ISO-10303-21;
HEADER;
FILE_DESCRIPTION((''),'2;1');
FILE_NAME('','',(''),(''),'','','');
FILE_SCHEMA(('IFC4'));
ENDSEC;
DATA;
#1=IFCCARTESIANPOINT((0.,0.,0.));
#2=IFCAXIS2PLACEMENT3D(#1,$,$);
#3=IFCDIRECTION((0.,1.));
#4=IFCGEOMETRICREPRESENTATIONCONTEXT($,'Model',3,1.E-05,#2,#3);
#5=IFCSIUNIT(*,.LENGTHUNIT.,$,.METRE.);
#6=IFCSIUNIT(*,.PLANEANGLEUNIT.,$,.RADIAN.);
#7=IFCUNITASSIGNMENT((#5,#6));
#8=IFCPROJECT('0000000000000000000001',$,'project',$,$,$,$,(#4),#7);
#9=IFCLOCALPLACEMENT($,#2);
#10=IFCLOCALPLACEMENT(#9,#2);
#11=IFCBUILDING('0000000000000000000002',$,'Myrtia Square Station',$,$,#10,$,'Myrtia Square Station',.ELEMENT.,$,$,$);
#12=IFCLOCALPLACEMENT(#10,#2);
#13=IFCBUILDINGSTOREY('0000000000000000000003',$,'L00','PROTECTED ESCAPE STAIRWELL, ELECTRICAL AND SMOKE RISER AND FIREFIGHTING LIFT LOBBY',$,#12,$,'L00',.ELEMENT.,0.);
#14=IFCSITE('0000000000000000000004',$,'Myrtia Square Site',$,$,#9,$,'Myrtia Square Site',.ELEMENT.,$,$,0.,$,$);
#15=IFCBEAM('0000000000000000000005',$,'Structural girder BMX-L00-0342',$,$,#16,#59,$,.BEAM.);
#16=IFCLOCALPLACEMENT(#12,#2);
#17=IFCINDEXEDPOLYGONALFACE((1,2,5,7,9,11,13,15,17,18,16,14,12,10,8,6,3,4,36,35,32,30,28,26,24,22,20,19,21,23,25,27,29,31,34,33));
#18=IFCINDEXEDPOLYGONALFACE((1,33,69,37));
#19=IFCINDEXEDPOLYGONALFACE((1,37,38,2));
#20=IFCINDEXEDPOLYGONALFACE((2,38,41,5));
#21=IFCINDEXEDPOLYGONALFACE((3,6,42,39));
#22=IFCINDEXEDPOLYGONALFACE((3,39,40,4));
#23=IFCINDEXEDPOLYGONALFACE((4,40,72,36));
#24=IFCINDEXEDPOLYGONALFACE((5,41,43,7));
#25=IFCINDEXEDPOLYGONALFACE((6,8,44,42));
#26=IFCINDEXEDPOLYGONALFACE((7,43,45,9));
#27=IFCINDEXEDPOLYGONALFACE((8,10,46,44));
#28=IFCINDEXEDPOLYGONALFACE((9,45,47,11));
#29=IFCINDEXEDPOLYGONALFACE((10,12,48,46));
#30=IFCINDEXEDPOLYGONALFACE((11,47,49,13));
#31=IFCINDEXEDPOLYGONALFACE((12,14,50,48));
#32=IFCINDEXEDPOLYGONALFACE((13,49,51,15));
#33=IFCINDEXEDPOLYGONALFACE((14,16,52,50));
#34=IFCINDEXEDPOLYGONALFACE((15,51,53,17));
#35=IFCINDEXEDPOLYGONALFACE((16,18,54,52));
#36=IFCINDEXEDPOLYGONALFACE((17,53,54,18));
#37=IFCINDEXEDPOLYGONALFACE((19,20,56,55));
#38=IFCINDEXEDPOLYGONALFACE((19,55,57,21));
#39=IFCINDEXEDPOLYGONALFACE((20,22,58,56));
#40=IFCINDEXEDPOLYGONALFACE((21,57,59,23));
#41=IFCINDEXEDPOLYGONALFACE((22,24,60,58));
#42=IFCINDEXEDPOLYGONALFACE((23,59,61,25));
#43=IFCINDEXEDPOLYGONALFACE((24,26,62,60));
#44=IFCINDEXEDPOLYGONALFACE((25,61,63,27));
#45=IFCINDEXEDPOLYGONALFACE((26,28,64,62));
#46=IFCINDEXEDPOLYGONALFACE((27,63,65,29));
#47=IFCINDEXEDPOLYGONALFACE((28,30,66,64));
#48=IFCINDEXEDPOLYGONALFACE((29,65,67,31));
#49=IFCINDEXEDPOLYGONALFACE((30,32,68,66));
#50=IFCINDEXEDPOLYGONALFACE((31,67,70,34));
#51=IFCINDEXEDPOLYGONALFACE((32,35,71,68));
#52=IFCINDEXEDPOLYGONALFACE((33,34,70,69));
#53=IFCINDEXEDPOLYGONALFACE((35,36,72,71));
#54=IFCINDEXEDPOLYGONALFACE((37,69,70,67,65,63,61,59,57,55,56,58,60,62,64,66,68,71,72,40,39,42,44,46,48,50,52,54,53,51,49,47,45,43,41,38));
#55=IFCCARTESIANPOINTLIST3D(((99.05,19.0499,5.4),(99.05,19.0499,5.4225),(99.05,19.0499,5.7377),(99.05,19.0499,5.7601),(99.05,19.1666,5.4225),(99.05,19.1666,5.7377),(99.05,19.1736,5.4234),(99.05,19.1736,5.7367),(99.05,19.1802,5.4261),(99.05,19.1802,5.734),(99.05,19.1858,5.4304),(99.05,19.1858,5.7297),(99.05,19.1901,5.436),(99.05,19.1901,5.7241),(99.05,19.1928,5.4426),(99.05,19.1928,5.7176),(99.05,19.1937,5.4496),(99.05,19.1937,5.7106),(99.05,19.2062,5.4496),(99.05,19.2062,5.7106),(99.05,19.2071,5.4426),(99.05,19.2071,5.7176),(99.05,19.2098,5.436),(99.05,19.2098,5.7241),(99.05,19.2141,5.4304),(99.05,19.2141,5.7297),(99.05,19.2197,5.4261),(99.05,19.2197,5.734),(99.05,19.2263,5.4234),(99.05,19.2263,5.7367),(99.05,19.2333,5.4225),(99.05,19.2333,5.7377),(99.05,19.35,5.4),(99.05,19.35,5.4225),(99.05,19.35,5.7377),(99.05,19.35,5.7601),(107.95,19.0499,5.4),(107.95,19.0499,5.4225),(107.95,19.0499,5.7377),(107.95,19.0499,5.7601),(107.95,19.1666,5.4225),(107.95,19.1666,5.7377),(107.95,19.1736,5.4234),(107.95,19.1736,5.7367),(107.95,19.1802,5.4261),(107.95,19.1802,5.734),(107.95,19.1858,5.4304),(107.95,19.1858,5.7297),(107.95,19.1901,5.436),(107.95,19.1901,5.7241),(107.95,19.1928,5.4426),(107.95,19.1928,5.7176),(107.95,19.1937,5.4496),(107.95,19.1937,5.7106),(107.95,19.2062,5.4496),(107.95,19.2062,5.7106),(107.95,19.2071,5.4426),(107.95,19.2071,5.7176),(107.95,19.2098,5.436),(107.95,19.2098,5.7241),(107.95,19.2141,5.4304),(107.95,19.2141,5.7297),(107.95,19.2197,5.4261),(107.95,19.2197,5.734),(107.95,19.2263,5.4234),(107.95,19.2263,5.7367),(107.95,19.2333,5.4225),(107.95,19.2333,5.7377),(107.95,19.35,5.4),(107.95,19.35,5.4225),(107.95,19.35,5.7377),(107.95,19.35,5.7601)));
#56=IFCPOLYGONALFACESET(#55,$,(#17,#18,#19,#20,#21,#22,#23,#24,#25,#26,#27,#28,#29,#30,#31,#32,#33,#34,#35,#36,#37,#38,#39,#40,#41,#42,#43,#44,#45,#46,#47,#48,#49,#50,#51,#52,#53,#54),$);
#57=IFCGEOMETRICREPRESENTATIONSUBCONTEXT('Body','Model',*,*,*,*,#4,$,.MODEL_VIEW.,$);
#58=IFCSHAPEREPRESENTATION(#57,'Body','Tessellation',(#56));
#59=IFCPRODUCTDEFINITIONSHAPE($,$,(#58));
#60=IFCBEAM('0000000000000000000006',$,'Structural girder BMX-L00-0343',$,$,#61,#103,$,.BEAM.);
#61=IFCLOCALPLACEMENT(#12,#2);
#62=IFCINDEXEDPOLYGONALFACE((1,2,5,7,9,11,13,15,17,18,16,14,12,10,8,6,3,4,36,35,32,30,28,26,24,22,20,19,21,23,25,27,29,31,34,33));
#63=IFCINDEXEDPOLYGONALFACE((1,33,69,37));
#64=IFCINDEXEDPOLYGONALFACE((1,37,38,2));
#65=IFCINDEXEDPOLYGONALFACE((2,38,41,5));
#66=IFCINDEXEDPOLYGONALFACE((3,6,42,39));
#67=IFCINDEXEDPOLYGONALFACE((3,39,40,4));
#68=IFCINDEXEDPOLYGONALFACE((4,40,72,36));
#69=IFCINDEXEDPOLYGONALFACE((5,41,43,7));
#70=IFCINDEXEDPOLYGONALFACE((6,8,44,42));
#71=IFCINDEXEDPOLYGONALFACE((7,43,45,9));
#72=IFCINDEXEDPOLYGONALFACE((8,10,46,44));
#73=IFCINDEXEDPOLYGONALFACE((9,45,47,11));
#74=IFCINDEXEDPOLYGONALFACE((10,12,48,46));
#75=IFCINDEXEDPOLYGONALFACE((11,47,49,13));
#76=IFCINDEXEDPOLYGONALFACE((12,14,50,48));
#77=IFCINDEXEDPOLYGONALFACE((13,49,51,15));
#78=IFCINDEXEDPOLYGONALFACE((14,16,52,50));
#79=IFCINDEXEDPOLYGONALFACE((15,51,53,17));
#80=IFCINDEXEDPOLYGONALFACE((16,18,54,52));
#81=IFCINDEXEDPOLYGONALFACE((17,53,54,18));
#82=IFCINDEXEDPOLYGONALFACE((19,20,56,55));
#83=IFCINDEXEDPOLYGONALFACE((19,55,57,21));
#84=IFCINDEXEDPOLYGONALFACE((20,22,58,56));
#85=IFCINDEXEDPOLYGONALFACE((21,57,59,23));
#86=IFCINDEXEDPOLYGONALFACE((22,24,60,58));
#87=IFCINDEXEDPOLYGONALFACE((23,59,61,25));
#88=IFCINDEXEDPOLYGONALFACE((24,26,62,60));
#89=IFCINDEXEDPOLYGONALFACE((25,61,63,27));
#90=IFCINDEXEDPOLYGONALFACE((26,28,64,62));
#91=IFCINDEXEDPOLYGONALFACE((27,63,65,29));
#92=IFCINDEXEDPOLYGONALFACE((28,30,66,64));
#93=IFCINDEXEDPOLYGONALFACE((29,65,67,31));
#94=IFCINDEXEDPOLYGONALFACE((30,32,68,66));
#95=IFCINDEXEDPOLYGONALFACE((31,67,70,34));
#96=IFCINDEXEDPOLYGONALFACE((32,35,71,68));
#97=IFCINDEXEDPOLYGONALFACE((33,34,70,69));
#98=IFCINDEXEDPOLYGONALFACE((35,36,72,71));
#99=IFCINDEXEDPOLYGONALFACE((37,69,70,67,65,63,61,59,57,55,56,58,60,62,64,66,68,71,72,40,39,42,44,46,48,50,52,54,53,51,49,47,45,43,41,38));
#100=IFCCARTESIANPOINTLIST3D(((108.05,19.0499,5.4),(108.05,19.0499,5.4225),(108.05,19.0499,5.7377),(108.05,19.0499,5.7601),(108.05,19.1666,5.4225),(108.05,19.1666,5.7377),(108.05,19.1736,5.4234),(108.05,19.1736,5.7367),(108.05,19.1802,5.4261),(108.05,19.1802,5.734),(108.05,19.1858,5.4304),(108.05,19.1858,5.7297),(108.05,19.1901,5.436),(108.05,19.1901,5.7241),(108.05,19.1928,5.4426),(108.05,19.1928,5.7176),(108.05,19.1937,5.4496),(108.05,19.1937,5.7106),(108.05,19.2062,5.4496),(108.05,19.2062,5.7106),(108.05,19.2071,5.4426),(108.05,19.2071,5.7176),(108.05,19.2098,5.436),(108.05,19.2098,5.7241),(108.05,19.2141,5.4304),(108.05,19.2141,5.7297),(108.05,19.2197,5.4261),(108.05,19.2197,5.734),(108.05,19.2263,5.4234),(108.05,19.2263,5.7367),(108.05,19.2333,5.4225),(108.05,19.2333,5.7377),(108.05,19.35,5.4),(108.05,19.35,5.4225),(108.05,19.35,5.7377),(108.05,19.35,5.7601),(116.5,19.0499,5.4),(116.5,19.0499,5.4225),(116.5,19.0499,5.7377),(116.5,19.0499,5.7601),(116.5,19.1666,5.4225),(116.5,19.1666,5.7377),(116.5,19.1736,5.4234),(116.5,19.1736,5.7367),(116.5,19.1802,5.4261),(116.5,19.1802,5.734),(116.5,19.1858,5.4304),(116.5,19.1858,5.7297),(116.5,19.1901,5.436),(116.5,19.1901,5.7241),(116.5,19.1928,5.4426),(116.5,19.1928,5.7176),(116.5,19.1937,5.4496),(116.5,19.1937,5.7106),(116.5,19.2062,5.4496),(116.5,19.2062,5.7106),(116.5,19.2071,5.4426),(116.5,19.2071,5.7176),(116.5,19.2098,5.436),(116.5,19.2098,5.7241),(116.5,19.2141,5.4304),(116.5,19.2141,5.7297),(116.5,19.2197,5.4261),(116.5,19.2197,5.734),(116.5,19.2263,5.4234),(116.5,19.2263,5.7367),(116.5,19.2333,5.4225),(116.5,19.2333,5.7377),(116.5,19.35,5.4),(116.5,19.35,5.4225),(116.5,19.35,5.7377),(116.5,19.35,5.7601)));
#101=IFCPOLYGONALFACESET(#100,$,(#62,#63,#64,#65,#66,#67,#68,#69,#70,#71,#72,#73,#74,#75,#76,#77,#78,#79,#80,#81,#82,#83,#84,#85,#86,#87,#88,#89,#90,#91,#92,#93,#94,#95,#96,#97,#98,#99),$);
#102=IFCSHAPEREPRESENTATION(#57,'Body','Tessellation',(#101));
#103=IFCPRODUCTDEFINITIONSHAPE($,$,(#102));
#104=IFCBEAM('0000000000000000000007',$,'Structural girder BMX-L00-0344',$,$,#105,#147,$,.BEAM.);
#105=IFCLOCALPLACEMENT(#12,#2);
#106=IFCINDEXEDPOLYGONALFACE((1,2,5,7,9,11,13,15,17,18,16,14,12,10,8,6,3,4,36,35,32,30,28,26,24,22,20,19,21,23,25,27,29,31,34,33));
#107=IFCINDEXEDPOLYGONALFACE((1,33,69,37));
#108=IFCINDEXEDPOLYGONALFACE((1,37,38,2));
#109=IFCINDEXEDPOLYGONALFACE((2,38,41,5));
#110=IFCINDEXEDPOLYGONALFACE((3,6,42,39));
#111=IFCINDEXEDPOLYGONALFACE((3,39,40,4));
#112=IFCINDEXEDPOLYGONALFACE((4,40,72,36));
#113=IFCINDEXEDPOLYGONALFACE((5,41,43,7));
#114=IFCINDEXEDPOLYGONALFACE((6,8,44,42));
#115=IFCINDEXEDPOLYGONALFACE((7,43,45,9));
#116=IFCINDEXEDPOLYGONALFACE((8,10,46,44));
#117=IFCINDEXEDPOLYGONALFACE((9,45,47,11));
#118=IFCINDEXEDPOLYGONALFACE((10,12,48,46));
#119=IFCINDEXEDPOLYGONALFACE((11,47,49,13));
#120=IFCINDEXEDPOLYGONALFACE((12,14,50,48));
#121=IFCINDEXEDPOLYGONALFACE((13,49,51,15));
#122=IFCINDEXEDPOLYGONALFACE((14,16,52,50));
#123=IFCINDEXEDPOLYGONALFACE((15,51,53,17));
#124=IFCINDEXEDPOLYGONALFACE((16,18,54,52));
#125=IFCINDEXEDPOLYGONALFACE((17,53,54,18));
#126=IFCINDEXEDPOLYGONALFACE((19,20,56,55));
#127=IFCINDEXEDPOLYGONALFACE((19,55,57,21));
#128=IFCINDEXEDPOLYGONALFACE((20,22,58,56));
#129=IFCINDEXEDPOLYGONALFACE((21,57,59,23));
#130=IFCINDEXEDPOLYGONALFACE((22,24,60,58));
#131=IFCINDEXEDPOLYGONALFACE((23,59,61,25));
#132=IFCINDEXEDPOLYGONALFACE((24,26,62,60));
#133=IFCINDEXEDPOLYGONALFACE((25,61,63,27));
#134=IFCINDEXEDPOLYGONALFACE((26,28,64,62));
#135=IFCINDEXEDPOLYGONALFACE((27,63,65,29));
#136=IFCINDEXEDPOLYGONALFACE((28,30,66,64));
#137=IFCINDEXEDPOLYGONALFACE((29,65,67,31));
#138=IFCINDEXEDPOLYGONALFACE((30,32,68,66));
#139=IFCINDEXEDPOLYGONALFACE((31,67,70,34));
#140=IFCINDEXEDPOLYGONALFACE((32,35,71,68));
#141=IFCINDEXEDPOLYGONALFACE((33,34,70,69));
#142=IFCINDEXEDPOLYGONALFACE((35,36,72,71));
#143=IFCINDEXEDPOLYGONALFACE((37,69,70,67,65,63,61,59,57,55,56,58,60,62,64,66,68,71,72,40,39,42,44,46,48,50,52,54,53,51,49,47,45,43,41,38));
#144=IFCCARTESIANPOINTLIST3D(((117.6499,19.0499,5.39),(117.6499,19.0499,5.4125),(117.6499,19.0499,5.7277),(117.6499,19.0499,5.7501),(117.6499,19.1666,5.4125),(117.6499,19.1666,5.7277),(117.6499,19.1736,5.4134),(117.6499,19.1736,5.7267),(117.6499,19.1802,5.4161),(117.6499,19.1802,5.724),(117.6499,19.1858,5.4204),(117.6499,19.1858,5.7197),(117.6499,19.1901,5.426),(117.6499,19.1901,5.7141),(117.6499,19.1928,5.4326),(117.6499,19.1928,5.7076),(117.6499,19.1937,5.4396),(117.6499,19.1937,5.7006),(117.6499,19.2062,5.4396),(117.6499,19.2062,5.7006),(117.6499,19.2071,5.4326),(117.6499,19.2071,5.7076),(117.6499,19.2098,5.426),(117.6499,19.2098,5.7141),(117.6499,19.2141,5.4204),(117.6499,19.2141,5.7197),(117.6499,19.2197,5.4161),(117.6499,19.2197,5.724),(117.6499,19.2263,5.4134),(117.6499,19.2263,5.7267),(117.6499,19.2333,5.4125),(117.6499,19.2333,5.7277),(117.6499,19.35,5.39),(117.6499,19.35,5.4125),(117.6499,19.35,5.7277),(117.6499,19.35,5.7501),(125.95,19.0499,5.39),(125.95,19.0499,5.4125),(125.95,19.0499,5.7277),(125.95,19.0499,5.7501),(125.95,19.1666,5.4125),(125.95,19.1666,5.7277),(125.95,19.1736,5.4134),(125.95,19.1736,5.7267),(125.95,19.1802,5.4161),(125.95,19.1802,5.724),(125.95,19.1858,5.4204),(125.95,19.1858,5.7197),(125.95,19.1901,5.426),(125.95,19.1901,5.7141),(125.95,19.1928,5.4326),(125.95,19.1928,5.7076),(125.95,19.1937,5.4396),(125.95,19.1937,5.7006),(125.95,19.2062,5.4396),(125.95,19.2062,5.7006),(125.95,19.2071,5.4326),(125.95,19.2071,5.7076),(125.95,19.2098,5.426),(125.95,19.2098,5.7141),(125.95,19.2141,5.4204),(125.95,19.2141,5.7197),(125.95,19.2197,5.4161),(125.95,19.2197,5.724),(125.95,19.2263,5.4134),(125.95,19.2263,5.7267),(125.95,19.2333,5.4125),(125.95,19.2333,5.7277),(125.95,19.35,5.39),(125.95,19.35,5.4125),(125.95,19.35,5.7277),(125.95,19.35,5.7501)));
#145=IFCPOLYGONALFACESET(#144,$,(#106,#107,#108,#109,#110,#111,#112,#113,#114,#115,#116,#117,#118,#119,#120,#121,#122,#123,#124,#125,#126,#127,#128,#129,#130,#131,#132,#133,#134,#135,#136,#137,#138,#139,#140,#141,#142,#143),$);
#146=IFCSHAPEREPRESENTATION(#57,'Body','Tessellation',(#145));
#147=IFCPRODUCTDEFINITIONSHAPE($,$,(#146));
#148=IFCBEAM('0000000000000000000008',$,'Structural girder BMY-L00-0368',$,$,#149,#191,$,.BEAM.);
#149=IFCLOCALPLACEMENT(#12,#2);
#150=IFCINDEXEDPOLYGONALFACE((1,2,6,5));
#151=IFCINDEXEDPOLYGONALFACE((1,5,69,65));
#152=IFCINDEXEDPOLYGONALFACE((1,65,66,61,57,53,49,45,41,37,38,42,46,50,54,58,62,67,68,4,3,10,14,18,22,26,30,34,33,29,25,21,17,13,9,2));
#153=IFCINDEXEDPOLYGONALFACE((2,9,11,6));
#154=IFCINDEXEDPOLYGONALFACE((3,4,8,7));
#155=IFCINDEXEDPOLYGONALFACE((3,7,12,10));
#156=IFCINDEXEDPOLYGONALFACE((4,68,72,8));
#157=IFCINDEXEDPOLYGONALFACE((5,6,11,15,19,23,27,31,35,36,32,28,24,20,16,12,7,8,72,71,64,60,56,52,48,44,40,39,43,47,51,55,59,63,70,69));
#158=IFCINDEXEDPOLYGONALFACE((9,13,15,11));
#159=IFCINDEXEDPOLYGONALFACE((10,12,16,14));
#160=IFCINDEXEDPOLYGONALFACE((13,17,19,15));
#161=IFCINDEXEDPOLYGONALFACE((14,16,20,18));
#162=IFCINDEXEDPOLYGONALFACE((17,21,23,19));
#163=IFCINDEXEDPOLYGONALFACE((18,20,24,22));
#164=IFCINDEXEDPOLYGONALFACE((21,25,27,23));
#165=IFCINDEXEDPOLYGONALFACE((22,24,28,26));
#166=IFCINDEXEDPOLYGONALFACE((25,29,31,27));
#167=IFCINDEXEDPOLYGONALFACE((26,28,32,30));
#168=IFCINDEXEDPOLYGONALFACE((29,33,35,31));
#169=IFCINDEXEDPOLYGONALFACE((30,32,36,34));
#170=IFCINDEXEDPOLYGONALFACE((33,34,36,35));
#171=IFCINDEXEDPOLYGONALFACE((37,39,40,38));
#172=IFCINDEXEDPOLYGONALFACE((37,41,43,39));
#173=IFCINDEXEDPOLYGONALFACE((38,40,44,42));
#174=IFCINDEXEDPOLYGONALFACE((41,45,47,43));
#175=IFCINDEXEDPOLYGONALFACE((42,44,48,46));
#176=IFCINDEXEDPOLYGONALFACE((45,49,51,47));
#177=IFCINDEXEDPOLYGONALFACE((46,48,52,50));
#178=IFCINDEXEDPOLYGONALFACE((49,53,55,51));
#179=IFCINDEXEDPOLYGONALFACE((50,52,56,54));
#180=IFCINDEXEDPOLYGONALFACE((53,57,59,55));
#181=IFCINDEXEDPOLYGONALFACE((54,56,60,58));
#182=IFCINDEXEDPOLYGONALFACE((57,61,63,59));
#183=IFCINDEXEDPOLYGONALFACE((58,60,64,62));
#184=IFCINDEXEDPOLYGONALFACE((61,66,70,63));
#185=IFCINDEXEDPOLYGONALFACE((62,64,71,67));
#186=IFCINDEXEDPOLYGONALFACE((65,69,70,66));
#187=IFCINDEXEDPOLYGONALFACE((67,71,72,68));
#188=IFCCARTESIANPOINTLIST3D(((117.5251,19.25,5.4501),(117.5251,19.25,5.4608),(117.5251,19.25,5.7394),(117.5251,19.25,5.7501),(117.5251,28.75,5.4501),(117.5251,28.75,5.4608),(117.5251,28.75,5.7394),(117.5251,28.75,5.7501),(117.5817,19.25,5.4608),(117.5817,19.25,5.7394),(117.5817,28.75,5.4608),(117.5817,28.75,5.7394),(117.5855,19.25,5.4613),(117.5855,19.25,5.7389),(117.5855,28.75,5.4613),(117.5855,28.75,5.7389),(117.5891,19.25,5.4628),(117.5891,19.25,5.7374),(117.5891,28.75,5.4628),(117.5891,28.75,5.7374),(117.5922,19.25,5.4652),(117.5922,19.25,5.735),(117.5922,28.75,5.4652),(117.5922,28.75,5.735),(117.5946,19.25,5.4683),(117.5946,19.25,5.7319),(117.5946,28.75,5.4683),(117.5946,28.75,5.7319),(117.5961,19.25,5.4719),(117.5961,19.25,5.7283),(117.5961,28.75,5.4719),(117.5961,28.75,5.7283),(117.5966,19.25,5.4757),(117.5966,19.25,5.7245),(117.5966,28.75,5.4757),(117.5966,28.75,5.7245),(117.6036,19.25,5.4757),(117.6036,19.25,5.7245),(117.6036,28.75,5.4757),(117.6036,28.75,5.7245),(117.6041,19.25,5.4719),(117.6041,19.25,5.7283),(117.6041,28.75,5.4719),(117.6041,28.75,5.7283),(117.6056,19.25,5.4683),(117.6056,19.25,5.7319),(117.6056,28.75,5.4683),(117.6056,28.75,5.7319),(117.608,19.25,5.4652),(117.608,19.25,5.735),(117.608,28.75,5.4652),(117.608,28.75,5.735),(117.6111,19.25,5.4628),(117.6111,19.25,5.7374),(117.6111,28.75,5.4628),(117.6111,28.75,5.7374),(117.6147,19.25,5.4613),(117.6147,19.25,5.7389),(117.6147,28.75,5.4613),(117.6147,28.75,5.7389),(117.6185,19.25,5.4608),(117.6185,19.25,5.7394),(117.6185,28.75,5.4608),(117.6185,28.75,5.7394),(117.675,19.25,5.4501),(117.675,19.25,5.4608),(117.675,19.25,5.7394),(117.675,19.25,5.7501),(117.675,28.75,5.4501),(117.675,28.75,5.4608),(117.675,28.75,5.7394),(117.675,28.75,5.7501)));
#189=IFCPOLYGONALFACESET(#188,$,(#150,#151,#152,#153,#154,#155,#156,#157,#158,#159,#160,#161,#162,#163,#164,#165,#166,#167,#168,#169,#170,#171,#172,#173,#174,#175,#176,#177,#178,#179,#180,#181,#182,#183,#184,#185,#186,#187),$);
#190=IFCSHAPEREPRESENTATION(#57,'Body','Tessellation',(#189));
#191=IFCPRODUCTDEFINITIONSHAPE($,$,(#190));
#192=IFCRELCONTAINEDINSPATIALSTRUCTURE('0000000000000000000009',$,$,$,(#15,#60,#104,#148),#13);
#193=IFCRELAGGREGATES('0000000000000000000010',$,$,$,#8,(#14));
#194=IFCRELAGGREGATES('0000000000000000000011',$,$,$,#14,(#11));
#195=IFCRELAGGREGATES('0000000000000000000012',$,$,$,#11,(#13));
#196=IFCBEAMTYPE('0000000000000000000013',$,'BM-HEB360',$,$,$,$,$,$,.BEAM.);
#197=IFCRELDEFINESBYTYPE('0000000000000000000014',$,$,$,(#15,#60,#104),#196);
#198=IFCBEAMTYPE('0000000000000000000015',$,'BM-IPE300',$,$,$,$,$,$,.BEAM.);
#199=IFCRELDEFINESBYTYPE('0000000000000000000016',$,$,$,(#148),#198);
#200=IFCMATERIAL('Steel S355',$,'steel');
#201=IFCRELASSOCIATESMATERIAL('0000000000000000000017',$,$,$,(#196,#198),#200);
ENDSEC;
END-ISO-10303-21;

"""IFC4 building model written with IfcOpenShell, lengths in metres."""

from ifc_helpers import new_model, si_unit, direction, frame, origin, origin_2d, place, context, subcontext, project, spatial, i_section, extrude, material, material_profile, profile_set, type_object, element, save


model = new_model("IFC4")

# Units and contexts
model_context = context("Model", 3, precision=1e-05, world=origin(), true_north=direction((0.0, 1.0)))
body_context = subcontext(model_context, "Body", "Model", "MODEL_VIEW")
ifc_project = project(units=[si_unit("LENGTHUNIT", "METRE"), si_unit("PLANEANGLEUNIT", "RADIAN")], contexts=[model_context])

# Site, building, storey
site_placement = place(None, origin())
site = spatial("IfcSite", under=ifc_project, at=site_placement, Name="Myrtia Square Site", LongName="Myrtia Square Site", CompositionType="ELEMENT", RefElevation=0.0)
building_placement = place(site_placement, origin())
building = spatial("IfcBuilding", under=site, at=building_placement, Name="Myrtia Square Station", LongName="Myrtia Square Station", CompositionType="ELEMENT")
storey_placement = place(building_placement, origin())
storey = spatial("IfcBuildingStorey", under=building, at=storey_placement, Name="L00", Description="PROTECTED ESCAPE STAIRWELL, ELECTRICAL AND SMOKE RISER AND FIREFIGHTING LIFT LOBBY", LongName="L00", CompositionType="ELEMENT", Elevation=0.0)

# Shared definitions
ifc_material_1 = material(Name="Steel S355", Category="steel")

# Beams
ifc_material_profile_1 = material_profile(ifc_material_1, i_section(OverallWidth=0.3, OverallDepth=0.3601, WebThickness=0.0125, FlangeThickness=0.0225, FilletRadius=0.0271, at=origin_2d()), Name="HEB 360")
ifc_profile_set_1 = profile_set([ifc_material_profile_1], Name="Steel S355")
beam_type_1 = type_object("IfcBeamType", Name="BM-HEB360", PredefinedType="BEAM", material=ifc_profile_set_1)
beam_1_placement = place(storey_placement, frame((99.05, 19.2, 5.5801), z_axis=(1.0, 0.0, 0.0), x_axis=(0.0, 1.0, 0.0)))
element("IfcBeam", 1, at=beam_1_placement, inside=storey, type_object=beam_type_1, Name="Structural girder BMX-L00-0342", PredefinedType="BEAM", context=body_context, shape_type="SweptSolid", body=[
    extrude(i_section(OverallWidth=0.3, OverallDepth=0.3601, WebThickness=0.0125, FlangeThickness=0.0225, FilletRadius=0.0271, at=origin_2d()), origin(), (0.0, 0.0, 1.0), 8.8999),
])
beam_2_placement = place(storey_placement, frame((108.05, 19.2, 5.5801), z_axis=(1.0, 0.0, 0.0), x_axis=(0.0, 1.0, 0.0)))
element("IfcBeam", 2, at=beam_2_placement, inside=storey, type_object=beam_type_1, Name="Structural girder BMX-L00-0343", PredefinedType="BEAM", context=body_context, shape_type="SweptSolid", body=[
    extrude(i_section(OverallWidth=0.3, OverallDepth=0.3601, WebThickness=0.0125, FlangeThickness=0.0225, FilletRadius=0.0271, at=origin_2d()), origin(), (0.0, 0.0, 1.0), 8.45),
])
beam_3_placement = place(storey_placement, frame((117.6499, 19.2, 5.5701), z_axis=(1.0, 0.0, 0.0), x_axis=(0.0, 1.0, 0.0)))
element("IfcBeam", 3, at=beam_3_placement, inside=storey, type_object=beam_type_1, Name="Structural girder BMX-L00-0344", PredefinedType="BEAM", context=body_context, shape_type="SweptSolid", body=[
    extrude(i_section(OverallWidth=0.3, OverallDepth=0.3601, WebThickness=0.0125, FlangeThickness=0.0225, FilletRadius=0.0271, at=origin_2d()), origin(), (0.0, 0.0, 1.0), 8.3),
])
ifc_material_profile_2 = material_profile(ifc_material_1, i_section(OverallWidth=0.1499, OverallDepth=0.3, WebThickness=0.0071, FlangeThickness=0.0107, FilletRadius=0.0149, at=origin_2d()), Name="IPE 300")
ifc_profile_set_2 = profile_set([ifc_material_profile_2], Name="Steel S355")
beam_type_2 = type_object("IfcBeamType", Name="BM-IPE300", PredefinedType="BEAM", material=ifc_profile_set_2)
beam_4_placement = place(storey_placement, frame((117.6001, 19.25, 5.6001), z_axis=(0.0, 1.0, 0.0), x_axis=(-1.0, 0.0, 0.0)))
element("IfcBeam", 4, at=beam_4_placement, inside=storey, type_object=beam_type_2, Name="Structural girder BMY-L00-0368", PredefinedType="BEAM", context=body_context, shape_type="SweptSolid", body=[
    extrude(i_section(OverallWidth=0.1499, OverallDepth=0.3, WebThickness=0.0071, FlangeThickness=0.0107, FilletRadius=0.0149, at=origin_2d()), origin(), (0.0, 0.0, 1.0), 9.5),
])

save(model, "model.ifc")
